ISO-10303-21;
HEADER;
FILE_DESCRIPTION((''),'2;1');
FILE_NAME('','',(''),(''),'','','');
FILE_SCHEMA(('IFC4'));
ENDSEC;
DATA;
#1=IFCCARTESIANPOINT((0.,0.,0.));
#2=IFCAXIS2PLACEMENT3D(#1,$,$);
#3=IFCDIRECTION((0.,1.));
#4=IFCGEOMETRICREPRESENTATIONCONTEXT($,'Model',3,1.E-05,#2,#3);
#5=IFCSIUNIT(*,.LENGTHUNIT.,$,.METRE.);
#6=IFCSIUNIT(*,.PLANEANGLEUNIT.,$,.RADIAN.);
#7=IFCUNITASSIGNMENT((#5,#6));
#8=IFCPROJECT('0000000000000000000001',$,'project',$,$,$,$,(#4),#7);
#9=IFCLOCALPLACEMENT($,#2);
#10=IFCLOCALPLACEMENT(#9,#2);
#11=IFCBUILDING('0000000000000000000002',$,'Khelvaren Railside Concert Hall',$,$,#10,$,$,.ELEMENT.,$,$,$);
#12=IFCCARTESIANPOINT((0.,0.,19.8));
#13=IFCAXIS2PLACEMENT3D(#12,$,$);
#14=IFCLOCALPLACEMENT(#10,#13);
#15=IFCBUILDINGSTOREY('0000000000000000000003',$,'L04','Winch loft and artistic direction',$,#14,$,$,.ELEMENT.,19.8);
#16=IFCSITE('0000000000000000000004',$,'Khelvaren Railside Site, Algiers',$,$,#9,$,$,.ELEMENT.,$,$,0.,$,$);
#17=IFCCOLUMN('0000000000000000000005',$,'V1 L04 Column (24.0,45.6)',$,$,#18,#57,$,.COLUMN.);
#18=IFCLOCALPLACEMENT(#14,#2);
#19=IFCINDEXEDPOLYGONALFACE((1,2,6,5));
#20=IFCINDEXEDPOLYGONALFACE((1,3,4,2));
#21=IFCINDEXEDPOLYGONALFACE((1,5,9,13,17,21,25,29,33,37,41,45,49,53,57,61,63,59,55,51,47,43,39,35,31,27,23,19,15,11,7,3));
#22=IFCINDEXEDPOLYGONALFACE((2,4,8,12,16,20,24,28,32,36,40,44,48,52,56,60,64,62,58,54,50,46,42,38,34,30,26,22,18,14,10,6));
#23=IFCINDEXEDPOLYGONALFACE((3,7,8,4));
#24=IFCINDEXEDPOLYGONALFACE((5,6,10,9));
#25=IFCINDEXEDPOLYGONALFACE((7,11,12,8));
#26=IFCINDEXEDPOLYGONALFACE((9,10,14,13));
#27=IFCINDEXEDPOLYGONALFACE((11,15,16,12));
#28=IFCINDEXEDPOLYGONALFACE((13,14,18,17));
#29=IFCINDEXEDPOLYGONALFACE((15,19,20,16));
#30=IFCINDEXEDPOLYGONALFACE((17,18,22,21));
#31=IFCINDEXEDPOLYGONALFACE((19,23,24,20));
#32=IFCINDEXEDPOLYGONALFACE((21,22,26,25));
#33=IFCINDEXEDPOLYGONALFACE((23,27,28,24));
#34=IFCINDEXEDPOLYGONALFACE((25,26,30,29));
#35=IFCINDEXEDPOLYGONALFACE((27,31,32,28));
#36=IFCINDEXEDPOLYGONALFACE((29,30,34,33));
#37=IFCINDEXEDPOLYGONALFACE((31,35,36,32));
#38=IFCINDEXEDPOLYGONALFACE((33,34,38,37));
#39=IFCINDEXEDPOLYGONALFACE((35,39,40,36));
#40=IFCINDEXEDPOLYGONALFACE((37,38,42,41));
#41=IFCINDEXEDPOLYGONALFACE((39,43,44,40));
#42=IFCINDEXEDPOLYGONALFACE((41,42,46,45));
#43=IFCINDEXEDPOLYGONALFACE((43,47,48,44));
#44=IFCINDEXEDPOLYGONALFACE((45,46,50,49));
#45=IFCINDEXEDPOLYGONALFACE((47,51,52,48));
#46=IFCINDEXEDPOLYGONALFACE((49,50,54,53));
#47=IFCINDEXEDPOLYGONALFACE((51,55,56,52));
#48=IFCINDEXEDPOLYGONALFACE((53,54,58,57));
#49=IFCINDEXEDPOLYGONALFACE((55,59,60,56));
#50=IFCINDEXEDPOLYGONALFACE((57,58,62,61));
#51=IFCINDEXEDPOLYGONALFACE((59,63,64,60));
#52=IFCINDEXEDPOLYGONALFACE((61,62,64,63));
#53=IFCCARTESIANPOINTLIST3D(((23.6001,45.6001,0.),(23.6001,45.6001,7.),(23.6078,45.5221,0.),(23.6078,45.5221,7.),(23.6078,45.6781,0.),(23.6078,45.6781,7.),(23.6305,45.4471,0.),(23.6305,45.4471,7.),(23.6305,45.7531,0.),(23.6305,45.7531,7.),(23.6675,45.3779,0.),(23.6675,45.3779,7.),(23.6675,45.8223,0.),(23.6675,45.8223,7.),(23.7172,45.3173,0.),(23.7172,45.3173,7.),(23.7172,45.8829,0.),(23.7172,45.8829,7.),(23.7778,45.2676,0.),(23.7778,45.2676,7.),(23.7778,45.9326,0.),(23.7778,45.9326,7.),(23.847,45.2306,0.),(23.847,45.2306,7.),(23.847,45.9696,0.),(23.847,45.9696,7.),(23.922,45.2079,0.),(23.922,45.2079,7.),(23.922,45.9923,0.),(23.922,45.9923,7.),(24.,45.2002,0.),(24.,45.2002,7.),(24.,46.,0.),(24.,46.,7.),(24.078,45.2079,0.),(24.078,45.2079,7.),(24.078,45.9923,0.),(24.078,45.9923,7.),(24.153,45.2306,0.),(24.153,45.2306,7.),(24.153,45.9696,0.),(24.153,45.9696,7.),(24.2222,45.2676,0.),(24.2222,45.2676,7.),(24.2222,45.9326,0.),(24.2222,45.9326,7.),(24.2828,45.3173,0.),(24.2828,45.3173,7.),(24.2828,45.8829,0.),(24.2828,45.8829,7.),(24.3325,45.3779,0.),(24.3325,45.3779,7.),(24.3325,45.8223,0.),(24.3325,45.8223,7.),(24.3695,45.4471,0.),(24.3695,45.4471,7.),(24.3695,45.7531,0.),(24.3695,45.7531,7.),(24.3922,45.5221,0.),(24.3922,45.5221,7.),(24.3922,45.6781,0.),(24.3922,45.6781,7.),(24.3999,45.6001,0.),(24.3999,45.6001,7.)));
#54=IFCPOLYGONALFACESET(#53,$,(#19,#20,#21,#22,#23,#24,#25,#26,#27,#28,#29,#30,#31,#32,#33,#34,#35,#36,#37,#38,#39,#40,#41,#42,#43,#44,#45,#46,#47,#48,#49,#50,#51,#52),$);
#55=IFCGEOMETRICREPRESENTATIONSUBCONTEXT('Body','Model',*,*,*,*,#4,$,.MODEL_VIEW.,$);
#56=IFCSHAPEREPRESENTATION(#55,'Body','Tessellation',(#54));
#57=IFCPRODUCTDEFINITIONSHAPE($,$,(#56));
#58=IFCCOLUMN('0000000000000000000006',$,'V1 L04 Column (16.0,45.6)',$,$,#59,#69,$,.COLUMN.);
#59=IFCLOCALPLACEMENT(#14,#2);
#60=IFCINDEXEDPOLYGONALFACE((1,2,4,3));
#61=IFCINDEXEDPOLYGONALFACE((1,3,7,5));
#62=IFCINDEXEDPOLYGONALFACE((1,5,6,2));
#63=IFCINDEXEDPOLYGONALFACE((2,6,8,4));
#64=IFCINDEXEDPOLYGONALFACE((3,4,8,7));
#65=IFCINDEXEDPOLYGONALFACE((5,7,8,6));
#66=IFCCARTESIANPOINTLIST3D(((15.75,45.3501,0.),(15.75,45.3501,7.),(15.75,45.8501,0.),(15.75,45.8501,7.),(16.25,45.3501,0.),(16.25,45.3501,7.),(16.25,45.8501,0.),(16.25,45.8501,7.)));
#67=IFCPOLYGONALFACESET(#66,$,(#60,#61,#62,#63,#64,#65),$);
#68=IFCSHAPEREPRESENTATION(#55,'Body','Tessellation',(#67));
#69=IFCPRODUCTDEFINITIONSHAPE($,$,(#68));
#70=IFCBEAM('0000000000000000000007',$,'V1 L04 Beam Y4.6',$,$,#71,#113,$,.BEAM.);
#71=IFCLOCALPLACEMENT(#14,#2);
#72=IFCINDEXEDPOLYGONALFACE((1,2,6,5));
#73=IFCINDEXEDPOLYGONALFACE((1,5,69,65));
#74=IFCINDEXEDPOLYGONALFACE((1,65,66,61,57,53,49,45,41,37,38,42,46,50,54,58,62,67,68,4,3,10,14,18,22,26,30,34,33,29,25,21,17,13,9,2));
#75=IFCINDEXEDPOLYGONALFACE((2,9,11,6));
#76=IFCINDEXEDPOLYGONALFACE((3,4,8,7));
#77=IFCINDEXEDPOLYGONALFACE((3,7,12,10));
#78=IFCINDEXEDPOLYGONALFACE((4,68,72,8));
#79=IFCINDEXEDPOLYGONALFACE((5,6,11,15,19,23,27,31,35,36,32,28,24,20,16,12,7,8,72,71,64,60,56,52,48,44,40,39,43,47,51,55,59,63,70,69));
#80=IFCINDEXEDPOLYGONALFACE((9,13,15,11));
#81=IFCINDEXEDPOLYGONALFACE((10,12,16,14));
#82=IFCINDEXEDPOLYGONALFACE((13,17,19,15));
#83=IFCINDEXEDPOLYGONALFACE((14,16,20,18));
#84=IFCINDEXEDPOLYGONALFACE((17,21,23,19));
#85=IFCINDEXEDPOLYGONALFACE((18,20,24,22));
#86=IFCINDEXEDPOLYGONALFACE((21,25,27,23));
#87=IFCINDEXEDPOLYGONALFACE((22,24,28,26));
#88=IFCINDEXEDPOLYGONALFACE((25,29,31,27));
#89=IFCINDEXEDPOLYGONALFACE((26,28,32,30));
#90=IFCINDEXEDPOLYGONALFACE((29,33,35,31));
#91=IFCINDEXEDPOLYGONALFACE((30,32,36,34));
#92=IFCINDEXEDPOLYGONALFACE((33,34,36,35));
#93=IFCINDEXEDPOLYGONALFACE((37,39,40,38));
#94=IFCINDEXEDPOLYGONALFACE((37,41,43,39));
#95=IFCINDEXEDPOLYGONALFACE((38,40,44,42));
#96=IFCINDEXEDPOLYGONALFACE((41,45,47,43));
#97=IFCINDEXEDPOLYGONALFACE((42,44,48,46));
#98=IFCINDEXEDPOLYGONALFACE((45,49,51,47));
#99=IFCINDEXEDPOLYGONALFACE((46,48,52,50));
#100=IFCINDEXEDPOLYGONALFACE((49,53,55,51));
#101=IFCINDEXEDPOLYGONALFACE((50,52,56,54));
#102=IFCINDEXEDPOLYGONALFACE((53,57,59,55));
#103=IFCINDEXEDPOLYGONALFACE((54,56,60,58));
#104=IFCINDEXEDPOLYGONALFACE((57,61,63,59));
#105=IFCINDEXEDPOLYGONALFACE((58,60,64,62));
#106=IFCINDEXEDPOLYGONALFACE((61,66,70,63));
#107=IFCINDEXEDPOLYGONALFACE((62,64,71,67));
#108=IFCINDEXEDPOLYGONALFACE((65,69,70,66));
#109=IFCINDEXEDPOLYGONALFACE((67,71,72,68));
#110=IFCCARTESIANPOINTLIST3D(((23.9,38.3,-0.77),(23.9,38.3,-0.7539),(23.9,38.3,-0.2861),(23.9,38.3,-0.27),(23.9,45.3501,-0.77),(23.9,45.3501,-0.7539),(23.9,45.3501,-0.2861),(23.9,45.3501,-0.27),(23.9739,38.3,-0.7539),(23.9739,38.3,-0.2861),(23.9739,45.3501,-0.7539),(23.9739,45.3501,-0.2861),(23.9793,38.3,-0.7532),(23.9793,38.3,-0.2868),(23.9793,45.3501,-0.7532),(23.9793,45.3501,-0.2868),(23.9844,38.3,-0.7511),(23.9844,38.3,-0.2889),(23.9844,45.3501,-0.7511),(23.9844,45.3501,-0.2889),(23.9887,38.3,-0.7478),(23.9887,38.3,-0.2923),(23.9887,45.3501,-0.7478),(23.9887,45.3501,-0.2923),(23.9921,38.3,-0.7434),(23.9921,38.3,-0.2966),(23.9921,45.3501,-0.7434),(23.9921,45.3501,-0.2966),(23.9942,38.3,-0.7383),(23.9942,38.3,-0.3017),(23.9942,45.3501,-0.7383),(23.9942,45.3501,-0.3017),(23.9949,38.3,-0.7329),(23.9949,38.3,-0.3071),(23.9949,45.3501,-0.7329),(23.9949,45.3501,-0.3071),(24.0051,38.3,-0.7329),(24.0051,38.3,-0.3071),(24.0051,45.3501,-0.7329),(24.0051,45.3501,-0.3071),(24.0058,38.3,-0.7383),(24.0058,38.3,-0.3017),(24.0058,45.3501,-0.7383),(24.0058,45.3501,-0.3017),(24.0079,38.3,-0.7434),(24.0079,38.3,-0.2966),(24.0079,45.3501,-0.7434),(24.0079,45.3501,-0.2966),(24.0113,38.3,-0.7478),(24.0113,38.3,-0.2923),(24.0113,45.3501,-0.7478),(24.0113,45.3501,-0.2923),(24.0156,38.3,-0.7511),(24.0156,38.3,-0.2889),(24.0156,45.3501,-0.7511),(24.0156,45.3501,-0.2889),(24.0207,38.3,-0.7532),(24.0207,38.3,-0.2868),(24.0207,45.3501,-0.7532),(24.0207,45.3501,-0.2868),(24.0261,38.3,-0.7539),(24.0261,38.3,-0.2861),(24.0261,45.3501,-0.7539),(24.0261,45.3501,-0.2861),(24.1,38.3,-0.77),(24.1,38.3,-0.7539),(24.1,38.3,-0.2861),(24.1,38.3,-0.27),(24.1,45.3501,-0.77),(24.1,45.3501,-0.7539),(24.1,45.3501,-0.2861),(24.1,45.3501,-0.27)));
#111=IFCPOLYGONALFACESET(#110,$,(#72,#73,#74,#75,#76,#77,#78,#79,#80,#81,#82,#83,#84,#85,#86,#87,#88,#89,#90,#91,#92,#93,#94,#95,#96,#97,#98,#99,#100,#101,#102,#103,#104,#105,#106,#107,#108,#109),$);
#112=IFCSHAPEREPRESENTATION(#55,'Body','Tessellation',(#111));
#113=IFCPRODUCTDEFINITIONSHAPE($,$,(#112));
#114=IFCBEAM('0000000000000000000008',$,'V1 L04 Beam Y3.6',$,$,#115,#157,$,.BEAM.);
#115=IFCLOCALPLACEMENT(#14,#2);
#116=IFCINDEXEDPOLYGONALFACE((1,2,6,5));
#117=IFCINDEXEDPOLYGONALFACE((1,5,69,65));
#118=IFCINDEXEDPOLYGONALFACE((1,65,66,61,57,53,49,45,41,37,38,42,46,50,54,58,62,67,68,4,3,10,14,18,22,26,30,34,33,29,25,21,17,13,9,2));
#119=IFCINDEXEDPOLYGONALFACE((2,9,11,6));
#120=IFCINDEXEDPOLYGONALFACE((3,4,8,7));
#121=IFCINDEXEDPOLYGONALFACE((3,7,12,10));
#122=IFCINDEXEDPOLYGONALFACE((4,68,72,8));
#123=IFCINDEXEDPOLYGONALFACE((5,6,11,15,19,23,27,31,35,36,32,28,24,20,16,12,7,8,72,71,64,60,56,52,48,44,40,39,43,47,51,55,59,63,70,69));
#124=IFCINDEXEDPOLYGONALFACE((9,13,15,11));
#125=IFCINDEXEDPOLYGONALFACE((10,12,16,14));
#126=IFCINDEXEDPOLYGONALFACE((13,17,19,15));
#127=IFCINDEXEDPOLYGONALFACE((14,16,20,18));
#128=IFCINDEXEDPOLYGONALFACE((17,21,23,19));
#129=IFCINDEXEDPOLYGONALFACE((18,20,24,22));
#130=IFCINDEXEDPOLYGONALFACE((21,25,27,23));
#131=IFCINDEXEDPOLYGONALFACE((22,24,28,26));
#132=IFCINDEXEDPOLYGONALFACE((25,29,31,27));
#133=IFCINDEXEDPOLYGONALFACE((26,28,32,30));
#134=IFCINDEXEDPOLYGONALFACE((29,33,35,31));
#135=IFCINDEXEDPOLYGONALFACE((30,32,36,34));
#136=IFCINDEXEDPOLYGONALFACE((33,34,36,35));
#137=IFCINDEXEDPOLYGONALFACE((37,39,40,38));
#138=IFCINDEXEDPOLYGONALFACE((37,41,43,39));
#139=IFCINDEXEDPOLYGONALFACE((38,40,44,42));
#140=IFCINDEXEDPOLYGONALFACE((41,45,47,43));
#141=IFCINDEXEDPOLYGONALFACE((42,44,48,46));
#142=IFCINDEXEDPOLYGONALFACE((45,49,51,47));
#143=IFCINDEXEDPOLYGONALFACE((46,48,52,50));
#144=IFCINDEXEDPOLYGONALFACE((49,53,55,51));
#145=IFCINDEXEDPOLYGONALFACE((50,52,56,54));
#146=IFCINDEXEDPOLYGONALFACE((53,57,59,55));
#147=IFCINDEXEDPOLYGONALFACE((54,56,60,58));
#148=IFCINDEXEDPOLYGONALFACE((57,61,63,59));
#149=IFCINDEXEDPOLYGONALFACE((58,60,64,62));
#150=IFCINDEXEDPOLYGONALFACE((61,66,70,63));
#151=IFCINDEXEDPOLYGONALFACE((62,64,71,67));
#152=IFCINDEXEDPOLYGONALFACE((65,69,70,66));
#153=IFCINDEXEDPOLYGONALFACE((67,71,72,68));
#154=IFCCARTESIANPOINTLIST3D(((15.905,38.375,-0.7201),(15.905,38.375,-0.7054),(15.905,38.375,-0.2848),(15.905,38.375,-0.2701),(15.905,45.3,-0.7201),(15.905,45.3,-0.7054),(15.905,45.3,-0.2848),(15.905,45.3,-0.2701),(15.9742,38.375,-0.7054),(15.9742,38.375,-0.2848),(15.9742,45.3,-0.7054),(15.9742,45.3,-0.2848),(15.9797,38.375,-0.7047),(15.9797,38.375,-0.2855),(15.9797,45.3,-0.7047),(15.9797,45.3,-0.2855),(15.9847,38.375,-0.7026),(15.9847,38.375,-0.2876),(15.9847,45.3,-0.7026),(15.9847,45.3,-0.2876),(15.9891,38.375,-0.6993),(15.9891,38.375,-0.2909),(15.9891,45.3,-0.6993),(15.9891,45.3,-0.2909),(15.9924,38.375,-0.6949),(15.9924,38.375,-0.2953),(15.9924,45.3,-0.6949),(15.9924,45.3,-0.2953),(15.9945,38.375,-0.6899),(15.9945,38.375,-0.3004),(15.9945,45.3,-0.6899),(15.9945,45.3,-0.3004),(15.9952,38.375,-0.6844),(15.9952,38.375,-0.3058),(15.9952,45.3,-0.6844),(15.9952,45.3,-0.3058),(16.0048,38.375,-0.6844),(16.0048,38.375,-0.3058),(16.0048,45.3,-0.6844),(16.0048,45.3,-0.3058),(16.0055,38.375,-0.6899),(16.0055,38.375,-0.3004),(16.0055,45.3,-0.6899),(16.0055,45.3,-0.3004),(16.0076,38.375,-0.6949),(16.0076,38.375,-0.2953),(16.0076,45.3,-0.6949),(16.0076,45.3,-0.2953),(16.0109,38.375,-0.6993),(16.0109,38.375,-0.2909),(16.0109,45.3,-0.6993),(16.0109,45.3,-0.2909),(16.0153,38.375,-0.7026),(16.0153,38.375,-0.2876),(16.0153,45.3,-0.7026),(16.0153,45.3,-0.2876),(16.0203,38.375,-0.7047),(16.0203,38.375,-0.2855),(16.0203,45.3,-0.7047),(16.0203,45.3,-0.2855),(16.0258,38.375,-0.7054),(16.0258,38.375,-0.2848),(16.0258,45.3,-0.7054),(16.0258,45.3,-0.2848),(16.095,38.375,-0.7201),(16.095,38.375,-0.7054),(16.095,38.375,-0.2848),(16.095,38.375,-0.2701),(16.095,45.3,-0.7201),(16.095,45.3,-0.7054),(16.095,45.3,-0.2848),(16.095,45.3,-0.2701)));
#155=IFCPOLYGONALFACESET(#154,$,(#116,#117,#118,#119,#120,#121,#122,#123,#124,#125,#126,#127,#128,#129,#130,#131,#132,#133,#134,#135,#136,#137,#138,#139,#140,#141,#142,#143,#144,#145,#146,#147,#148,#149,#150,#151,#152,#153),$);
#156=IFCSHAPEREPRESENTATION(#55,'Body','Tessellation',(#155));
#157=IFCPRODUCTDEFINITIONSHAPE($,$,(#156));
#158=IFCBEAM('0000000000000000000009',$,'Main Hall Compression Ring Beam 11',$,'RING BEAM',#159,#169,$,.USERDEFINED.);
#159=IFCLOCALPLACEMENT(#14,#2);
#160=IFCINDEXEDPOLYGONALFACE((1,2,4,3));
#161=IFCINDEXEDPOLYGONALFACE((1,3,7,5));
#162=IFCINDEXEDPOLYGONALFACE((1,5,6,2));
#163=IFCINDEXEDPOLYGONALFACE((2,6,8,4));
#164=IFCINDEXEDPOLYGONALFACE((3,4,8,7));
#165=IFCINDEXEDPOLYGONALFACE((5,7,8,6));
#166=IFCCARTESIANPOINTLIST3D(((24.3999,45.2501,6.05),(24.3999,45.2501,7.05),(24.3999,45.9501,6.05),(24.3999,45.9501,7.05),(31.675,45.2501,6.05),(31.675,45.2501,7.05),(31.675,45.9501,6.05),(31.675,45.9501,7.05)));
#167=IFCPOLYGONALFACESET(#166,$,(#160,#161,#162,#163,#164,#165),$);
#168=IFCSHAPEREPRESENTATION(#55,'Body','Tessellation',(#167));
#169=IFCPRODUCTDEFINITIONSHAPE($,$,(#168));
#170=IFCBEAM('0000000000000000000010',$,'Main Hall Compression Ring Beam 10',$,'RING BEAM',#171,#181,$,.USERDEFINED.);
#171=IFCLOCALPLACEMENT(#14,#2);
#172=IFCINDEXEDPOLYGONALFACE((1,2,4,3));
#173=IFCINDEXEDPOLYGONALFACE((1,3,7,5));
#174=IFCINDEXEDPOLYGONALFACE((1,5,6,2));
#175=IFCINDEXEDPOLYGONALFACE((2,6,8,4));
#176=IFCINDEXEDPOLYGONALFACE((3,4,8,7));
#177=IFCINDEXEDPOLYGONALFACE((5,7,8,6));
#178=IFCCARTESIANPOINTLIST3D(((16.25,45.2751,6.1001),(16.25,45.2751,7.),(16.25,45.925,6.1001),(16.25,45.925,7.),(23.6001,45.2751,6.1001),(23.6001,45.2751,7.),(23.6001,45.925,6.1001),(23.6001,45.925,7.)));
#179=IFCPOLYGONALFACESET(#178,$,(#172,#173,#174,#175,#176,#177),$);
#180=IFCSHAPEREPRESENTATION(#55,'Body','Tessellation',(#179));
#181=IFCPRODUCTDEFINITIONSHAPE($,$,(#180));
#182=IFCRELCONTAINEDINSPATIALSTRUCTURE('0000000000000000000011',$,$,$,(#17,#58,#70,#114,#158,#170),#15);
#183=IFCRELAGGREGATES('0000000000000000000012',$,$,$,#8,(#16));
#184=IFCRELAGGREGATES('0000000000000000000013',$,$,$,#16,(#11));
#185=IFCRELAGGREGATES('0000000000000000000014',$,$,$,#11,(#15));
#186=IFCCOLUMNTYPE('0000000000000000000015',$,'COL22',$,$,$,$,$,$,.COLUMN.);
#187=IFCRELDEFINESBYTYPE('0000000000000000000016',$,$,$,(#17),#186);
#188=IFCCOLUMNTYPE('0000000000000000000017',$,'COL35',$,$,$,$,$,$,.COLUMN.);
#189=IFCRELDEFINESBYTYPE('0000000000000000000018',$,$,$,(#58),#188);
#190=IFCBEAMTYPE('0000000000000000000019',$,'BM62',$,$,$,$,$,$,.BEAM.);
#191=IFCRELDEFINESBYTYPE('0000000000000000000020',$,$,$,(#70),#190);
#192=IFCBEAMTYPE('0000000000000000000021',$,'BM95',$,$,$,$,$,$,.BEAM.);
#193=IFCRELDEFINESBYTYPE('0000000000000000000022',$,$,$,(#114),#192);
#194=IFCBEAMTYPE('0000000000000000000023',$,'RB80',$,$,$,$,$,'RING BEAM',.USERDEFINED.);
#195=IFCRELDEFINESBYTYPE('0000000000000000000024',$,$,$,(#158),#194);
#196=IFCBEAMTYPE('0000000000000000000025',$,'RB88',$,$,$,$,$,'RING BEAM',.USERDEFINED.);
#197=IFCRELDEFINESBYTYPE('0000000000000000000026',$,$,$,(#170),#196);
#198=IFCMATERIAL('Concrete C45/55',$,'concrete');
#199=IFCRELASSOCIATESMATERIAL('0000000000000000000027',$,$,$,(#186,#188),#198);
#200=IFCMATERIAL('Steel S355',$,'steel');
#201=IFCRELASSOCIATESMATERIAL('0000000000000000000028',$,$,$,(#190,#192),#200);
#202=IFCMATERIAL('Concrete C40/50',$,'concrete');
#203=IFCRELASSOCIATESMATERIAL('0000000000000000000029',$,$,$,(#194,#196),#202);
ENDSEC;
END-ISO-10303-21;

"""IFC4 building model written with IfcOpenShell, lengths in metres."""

from ifc_helpers import new_model, si_unit, direction, frame, origin, origin_2d, place, context, subcontext, project, spatial, rectangle, circle, i_section, extrude, material, material_profile, profile_set, type_object, element, save


model = new_model("IFC4")

# Units and contexts
model_context = context("Model", 3, precision=1e-05, world=origin(), true_north=direction((0.0, 1.0)))
body_context = subcontext(model_context, "Body", "Model", "MODEL_VIEW")
ifc_project = project(units=[si_unit("LENGTHUNIT", "METRE"), si_unit("PLANEANGLEUNIT", "RADIAN")], contexts=[model_context])

# Site, building, storey
site_placement = place(None, origin())
site = spatial("IfcSite", under=ifc_project, at=site_placement, Name="Khelvaren Railside Site, Algiers", CompositionType="ELEMENT", RefElevation=0.0)
building_placement = place(site_placement, origin())
building = spatial("IfcBuilding", under=site, at=building_placement, Name="Khelvaren Railside Concert Hall", CompositionType="ELEMENT")
storey_placement = place(building_placement, frame((0.0, 0.0, 19.8)))
storey = spatial("IfcBuildingStorey", under=building, at=storey_placement, Name="L04", Description="Winch loft and artistic direction", CompositionType="ELEMENT", Elevation=19.8)

# Columns
ifc_material_1 = material(Name="Concrete C45/55", Category="concrete")
ifc_material_profile_1 = material_profile(ifc_material_1, circle(Radius=0.3999, at=origin_2d()), Name="RC D800")
ifc_profile_set_1 = profile_set([ifc_material_profile_1], Name="Concrete C45/55")
column_type_1 = type_object("IfcColumnType", Name="COL22", PredefinedType="COLUMN", material=ifc_profile_set_1)
column_1_placement = place(storey_placement, frame((24.0, 45.6001, 0.0), z_axis=(0.0, 0.0, 1.0), x_axis=(1.0, 0.0, 0.0)))
element("IfcColumn", 1, at=column_1_placement, inside=storey, type_object=column_type_1, Name="V1 L04 Column (24.0,45.6)", PredefinedType="COLUMN", context=body_context, shape_type="SweptSolid", body=[
    extrude(circle(Radius=0.3999, at=origin_2d()), origin(), (0.0, 0.0, 1.0), 7.0),
])
ifc_material_profile_2 = material_profile(ifc_material_1, rectangle(XDim=0.5, YDim=0.5, at=origin_2d()), Name="RC 500x500")
ifc_profile_set_2 = profile_set([ifc_material_profile_2], Name="Concrete C45/55")
column_type_2 = type_object("IfcColumnType", Name="COL35", PredefinedType="COLUMN", material=ifc_profile_set_2)
column_2_placement = place(storey_placement, frame((16.0, 45.6001, 0.0), z_axis=(0.0, 0.0, 1.0), x_axis=(1.0, 0.0, 0.0)))
element("IfcColumn", 2, at=column_2_placement, inside=storey, type_object=column_type_2, Name="V1 L04 Column (16.0,45.6)", PredefinedType="COLUMN", context=body_context, shape_type="SweptSolid", body=[
    extrude(rectangle(XDim=0.5, YDim=0.5, at=origin_2d()), origin(), (0.0, 0.0, 1.0), 7.0),
])

# Beams
ifc_material_2 = material(Name="Steel S355", Category="steel")
ifc_material_profile_3 = material_profile(ifc_material_2, i_section(OverallWidth=0.2, OverallDepth=0.5, WebThickness=0.0103, FlangeThickness=0.0161, FilletRadius=0.021, at=origin_2d()), Name="IPE 500")
ifc_profile_set_3 = profile_set([ifc_material_profile_3], Name="Steel S355")
beam_type_1 = type_object("IfcBeamType", Name="BM62", PredefinedType="BEAM", material=ifc_profile_set_3)
beam_1_placement = place(storey_placement, frame((24.0, 38.3, -0.52), z_axis=(0.0, 1.0, 0.0), x_axis=(-1.0, 0.0, 0.0)))
element("IfcBeam", 3, at=beam_1_placement, inside=storey, type_object=beam_type_1, Name="V1 L04 Beam Y4.6", PredefinedType="BEAM", context=body_context, shape_type="SweptSolid", body=[
    extrude(i_section(OverallWidth=0.2, OverallDepth=0.5, WebThickness=0.0103, FlangeThickness=0.0161, FilletRadius=0.021, at=origin_2d()), origin(), (0.0, 0.0, 1.0), 7.05),
])
ifc_material_profile_4 = material_profile(ifc_material_2, i_section(OverallWidth=0.1899, OverallDepth=0.45, WebThickness=0.0095, FlangeThickness=0.0146, FilletRadius=0.021, at=origin_2d()), Name="IPE 450")
ifc_profile_set_4 = profile_set([ifc_material_profile_4], Name="Steel S355")
beam_type_2 = type_object("IfcBeamType", Name="BM95", PredefinedType="BEAM", material=ifc_profile_set_4)
beam_2_placement = place(storey_placement, frame((16.0, 38.375, -0.4951), z_axis=(0.0, 1.0, 0.0), x_axis=(-1.0, 0.0, 0.0)))
element("IfcBeam", 4, at=beam_2_placement, inside=storey, type_object=beam_type_2, Name="V1 L04 Beam Y3.6", PredefinedType="BEAM", context=body_context, shape_type="SweptSolid", body=[
    extrude(i_section(OverallWidth=0.1899, OverallDepth=0.45, WebThickness=0.0095, FlangeThickness=0.0146, FilletRadius=0.021, at=origin_2d()), origin(), (0.0, 0.0, 1.0), 6.925),
])
ifc_material_3 = material(Name="Concrete C40/50", Category="concrete")
ifc_material_profile_5 = material_profile(ifc_material_3, rectangle(XDim=0.7, YDim=1.0, at=origin_2d()), Name="RCB 700x1000")
ifc_profile_set_5 = profile_set([ifc_material_profile_5], Name="Concrete C40/50")
beam_type_3 = type_object("IfcBeamType", Name="RB80", ElementType="RING BEAM", PredefinedType="USERDEFINED", material=ifc_profile_set_5)
beam_3_placement = place(storey_placement, frame((24.3999, 45.6001, 6.55), z_axis=(1.0, 0.0, 0.0), x_axis=(0.0, 1.0, 0.0)))
element("IfcBeam", 5, at=beam_3_placement, inside=storey, type_object=beam_type_3, Name="Main Hall Compression Ring Beam 11", ObjectType="RING BEAM", PredefinedType="USERDEFINED", context=body_context, shape_type="SweptSolid", body=[
    extrude(rectangle(XDim=0.7, YDim=1.0, at=origin_2d()), origin(), (0.0, 0.0, 1.0), 7.2751),
])
ifc_material_profile_6 = material_profile(ifc_material_3, rectangle(XDim=0.6499, YDim=0.8999, at=origin_2d()), Name="RCB 650x900")
ifc_profile_set_6 = profile_set([ifc_material_profile_6], Name="Concrete C40/50")
beam_type_4 = type_object("IfcBeamType", Name="RB88", ElementType="RING BEAM", PredefinedType="USERDEFINED", material=ifc_profile_set_6)
beam_4_placement = place(storey_placement, frame((16.25, 45.6001, 6.55), z_axis=(1.0, 0.0, 0.0), x_axis=(0.0, 1.0, 0.0)))
element("IfcBeam", 6, at=beam_4_placement, inside=storey, type_object=beam_type_4, Name="Main Hall Compression Ring Beam 10", ObjectType="RING BEAM", PredefinedType="USERDEFINED", context=body_context, shape_type="SweptSolid", body=[
    extrude(rectangle(XDim=0.6499, YDim=0.8999, at=origin_2d()), origin(), (0.0, 0.0, 1.0), 7.3501),
])

save(model, "model.ifc")
